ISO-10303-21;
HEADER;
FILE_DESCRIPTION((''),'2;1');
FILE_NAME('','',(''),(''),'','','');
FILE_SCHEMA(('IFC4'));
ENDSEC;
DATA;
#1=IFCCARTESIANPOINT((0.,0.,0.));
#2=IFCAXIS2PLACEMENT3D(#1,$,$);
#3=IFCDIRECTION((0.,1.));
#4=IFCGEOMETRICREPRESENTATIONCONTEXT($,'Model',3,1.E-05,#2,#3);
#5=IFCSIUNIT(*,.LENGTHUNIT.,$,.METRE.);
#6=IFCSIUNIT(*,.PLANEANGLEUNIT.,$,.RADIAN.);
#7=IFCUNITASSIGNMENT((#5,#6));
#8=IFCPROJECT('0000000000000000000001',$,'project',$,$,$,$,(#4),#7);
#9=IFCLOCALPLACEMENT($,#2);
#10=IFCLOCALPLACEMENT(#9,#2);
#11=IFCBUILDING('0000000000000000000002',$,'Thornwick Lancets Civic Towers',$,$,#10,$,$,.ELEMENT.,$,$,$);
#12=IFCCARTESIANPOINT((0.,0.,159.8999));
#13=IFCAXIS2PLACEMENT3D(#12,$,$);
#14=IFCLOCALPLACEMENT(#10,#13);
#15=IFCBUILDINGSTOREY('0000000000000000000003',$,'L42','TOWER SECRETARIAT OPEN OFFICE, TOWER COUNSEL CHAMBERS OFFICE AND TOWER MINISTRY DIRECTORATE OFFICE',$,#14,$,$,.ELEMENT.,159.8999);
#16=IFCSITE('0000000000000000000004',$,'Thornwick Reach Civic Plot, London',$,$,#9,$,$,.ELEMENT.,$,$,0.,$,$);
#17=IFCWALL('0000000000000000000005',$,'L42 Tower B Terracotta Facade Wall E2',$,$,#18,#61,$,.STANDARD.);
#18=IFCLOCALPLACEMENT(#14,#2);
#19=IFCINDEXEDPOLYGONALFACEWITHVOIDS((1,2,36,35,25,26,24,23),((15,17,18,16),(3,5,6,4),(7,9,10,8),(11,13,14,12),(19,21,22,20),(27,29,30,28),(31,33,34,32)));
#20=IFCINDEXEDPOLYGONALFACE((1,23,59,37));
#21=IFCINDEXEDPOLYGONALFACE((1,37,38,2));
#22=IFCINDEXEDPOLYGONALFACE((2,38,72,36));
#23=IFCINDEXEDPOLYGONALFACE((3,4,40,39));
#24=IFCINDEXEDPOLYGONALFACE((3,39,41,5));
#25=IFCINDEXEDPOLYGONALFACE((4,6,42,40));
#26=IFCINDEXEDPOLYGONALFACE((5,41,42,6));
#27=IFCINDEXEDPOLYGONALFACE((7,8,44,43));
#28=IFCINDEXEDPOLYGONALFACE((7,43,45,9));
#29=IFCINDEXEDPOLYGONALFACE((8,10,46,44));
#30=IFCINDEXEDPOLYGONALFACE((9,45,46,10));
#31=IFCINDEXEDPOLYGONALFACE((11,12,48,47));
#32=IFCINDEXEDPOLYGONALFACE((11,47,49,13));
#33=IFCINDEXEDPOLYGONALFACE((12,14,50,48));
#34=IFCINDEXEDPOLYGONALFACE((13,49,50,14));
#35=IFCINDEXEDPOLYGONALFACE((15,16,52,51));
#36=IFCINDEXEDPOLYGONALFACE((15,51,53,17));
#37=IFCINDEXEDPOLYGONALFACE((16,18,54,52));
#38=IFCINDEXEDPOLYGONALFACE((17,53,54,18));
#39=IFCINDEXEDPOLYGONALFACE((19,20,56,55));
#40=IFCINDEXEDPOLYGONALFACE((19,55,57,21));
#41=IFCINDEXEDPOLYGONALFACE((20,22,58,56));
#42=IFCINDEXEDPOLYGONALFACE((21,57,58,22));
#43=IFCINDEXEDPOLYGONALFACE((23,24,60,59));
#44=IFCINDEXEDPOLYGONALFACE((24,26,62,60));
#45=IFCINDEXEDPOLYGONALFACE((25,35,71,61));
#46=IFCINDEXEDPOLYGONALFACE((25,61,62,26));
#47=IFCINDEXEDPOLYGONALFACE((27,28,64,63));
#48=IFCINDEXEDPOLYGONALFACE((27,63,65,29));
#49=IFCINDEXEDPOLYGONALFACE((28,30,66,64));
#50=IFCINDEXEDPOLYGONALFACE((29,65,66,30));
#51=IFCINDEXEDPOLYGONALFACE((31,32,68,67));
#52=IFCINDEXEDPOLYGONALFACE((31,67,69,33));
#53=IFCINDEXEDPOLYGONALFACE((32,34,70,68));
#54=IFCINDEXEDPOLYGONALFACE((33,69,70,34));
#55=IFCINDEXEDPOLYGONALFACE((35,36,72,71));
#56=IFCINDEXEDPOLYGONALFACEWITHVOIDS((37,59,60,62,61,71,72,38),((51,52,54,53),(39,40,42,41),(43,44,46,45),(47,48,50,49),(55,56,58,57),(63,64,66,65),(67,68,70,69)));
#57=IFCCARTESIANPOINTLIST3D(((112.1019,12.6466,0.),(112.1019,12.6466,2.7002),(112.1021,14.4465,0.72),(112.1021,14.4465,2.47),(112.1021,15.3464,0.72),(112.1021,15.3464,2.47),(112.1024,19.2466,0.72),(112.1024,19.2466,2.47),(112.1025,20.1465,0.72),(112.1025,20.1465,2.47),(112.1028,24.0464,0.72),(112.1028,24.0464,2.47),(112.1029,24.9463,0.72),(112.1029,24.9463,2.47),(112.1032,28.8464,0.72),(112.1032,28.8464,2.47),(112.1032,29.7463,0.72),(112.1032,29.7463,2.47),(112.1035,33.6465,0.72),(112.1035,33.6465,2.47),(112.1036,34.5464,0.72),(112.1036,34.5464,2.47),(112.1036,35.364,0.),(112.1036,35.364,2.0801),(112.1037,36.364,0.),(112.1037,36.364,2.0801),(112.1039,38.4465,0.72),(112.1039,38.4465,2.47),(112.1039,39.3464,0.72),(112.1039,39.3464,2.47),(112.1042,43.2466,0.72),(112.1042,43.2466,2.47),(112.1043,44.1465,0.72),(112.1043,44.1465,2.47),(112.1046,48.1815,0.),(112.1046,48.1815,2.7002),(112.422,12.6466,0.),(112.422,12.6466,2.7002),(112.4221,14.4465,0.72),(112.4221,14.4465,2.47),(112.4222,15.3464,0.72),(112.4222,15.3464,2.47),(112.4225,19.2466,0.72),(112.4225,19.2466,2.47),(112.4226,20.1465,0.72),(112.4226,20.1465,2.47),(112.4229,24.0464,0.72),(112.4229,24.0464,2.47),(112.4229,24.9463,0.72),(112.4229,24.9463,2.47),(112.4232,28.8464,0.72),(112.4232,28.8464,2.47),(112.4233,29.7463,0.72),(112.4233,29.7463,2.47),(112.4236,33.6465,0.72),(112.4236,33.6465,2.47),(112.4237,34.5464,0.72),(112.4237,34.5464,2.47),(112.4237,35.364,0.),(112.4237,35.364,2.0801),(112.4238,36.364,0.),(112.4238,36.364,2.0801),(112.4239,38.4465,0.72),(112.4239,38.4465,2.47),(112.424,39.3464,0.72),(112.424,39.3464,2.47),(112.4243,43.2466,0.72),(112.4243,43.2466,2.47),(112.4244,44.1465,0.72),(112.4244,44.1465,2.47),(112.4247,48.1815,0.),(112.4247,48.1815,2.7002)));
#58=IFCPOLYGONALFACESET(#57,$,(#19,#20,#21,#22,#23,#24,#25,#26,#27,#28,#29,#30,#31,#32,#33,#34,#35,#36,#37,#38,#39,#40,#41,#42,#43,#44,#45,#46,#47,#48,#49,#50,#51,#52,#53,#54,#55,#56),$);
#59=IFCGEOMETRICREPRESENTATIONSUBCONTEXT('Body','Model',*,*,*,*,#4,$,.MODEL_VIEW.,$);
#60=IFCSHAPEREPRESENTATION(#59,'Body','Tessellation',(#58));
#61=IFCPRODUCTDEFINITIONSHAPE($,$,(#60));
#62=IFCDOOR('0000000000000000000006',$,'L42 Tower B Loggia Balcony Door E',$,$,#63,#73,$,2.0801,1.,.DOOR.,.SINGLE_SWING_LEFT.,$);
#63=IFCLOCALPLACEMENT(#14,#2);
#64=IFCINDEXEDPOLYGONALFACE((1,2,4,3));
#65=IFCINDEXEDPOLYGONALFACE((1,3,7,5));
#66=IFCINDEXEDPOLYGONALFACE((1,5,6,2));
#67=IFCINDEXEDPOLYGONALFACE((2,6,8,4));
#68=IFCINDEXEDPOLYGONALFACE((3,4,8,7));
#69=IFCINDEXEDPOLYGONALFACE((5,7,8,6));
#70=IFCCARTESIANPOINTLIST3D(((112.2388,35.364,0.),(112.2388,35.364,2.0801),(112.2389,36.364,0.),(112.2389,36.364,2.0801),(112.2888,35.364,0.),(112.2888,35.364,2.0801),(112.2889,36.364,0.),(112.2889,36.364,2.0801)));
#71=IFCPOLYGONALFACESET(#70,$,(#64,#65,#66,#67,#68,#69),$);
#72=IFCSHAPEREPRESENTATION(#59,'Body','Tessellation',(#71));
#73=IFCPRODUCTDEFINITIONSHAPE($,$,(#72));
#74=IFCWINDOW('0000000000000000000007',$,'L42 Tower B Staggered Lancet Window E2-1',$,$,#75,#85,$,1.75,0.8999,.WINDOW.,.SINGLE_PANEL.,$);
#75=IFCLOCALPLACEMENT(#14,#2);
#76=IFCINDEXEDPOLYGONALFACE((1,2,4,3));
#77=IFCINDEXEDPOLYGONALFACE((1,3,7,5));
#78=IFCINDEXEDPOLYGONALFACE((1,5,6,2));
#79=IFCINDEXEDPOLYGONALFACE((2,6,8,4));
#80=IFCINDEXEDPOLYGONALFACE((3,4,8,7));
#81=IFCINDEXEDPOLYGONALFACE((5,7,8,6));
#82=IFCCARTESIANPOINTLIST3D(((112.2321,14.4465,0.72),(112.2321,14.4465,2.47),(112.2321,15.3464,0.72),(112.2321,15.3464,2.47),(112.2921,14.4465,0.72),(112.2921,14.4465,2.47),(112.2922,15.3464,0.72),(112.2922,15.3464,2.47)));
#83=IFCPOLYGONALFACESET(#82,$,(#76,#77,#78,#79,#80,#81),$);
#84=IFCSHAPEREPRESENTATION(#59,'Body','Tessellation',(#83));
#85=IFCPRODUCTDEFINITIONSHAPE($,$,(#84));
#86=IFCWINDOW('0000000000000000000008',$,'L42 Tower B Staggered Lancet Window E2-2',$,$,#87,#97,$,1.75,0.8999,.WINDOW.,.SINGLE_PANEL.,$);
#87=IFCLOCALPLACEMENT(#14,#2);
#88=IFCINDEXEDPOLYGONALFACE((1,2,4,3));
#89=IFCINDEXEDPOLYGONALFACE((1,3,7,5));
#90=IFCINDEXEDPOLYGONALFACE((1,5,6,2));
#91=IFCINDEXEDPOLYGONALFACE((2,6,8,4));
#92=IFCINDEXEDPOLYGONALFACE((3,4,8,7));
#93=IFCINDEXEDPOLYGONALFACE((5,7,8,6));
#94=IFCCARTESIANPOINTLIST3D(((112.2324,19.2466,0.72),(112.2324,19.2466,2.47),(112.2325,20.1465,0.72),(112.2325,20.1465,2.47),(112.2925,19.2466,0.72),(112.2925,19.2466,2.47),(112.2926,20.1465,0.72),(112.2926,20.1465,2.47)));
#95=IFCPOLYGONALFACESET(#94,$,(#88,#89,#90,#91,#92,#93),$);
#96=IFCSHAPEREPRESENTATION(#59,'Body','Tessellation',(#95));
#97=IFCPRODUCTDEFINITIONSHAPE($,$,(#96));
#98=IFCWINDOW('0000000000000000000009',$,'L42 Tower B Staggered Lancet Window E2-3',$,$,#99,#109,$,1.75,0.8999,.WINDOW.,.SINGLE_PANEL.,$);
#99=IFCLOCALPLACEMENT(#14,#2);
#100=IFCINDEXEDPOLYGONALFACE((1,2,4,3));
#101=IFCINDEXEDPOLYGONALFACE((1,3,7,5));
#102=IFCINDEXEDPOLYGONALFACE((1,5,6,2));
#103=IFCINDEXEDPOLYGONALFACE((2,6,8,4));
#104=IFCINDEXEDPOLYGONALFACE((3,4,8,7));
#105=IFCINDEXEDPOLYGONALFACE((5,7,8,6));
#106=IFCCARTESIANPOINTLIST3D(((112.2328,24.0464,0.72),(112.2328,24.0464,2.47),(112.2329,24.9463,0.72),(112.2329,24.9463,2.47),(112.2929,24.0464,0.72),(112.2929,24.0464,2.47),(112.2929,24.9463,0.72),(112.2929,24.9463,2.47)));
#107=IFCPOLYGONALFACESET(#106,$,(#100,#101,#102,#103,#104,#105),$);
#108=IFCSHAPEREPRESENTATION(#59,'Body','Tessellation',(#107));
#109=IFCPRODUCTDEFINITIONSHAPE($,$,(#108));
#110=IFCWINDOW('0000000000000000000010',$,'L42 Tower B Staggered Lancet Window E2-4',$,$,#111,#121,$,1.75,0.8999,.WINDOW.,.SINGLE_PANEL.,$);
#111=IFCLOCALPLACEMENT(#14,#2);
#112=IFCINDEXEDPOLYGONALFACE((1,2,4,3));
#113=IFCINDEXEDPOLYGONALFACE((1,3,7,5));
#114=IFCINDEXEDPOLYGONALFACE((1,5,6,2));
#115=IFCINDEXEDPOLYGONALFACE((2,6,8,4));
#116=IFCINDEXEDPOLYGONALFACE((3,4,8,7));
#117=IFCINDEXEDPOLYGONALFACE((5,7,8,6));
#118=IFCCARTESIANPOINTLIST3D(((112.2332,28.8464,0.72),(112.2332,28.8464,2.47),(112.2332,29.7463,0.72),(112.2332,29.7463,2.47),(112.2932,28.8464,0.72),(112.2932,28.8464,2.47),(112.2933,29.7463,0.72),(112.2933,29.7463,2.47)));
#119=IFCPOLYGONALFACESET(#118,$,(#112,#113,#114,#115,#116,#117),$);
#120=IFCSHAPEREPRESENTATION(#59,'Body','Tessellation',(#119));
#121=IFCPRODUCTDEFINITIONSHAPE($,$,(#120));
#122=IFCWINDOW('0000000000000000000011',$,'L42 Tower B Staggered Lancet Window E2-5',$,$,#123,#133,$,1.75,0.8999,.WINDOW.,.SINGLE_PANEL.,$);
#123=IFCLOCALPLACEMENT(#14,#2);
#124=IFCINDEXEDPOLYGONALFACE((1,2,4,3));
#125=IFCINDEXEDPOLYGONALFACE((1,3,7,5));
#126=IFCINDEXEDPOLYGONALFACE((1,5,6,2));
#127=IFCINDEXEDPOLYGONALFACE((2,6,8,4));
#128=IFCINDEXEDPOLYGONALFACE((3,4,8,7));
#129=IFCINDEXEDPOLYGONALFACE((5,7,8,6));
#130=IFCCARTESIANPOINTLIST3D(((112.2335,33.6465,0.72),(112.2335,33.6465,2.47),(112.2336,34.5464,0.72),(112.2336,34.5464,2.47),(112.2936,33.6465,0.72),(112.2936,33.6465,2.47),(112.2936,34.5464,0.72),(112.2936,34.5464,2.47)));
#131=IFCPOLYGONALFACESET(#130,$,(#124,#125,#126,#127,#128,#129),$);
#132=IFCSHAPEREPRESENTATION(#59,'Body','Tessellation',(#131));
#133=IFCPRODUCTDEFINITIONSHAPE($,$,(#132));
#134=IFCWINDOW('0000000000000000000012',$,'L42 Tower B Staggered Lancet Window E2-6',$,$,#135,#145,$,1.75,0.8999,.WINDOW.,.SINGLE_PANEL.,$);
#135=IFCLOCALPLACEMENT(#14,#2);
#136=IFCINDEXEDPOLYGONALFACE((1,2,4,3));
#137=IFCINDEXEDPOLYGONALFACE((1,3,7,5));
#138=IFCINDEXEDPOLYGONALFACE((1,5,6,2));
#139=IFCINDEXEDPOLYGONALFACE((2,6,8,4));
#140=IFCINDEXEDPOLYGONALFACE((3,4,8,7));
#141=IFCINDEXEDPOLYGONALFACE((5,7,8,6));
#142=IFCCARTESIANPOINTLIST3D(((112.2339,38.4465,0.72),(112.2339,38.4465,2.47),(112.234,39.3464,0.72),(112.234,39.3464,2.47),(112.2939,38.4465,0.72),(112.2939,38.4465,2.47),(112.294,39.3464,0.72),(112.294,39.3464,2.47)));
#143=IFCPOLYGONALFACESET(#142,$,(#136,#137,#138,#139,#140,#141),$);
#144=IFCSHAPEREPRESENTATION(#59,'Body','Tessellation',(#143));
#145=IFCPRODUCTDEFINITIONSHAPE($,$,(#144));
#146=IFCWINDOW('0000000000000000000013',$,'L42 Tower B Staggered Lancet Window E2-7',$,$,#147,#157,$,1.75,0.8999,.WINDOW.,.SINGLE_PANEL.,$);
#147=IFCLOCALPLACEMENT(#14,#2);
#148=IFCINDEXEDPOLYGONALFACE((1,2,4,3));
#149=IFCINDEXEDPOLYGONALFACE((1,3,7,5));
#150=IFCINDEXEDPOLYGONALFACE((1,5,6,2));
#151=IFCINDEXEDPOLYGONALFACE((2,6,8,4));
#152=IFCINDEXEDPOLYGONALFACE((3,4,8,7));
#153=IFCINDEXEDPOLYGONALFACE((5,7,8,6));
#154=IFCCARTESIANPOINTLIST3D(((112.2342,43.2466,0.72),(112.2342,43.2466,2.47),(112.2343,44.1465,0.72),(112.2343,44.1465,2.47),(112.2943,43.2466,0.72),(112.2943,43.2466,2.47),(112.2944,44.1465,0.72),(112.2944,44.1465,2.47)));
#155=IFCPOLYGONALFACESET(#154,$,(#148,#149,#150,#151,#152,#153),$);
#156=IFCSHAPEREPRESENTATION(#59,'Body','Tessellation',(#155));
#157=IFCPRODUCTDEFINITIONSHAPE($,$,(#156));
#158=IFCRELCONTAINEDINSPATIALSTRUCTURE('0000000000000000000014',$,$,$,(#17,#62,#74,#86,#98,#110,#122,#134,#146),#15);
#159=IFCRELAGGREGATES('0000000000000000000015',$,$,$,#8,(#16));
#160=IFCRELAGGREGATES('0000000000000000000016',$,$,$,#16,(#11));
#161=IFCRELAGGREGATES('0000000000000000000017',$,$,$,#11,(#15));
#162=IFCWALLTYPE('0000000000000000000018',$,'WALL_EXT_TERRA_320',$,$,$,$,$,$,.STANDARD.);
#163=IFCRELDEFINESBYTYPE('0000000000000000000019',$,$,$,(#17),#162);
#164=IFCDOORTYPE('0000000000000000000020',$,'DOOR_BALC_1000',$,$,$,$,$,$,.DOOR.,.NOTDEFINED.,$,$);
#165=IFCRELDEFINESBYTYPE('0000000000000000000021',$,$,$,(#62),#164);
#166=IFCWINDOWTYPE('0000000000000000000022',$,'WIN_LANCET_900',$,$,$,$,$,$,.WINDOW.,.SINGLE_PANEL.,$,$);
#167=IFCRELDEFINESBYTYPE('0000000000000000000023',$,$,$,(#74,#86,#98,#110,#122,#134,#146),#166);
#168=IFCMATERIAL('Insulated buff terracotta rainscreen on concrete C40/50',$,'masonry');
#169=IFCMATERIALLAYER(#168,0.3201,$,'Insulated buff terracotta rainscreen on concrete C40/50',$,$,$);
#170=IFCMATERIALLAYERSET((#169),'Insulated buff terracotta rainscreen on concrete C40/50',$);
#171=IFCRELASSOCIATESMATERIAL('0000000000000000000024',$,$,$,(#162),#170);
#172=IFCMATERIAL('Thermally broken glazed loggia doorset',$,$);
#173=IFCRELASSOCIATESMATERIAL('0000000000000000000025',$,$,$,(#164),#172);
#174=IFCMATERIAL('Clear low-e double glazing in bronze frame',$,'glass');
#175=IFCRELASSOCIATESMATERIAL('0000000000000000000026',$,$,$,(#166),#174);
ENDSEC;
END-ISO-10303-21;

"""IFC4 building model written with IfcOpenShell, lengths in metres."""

from ifc_helpers import new_model, si_unit, direction, frame, frame_2d, origin, place, context, subcontext, project, spatial, rectangle, extrude, material, layer, layer_set, type_object, element, fill, save


model = new_model("IFC4")

# Units and contexts
model_context = context("Model", 3, precision=1e-05, world=origin(), true_north=direction((0.0, 1.0)))
body_context = subcontext(model_context, "Body", "Model", "MODEL_VIEW")
ifc_project = project(units=[si_unit("LENGTHUNIT", "METRE"), si_unit("PLANEANGLEUNIT", "RADIAN")], contexts=[model_context])

# Site, building, storey
site_placement = place(None, origin())
site = spatial("IfcSite", under=ifc_project, at=site_placement, Name="Thornwick Reach Civic Plot, London", CompositionType="ELEMENT", RefElevation=0.0)
building_placement = place(site_placement, origin())
building = spatial("IfcBuilding", under=site, at=building_placement, Name="Thornwick Lancets Civic Towers", CompositionType="ELEMENT")
storey_placement = place(building_placement, frame((0.0, 0.0, 159.8999)))
storey = spatial("IfcBuildingStorey", under=building, at=storey_placement, Name="L42", Description="TOWER SECRETARIAT OPEN OFFICE, TOWER COUNSEL CHAMBERS OFFICE AND TOWER MINISTRY DIRECTORATE OFFICE", CompositionType="ELEMENT", Elevation=159.8999)

# Wall, openings, door, windows
ifc_material_1 = material(Name="Insulated buff terracotta rainscreen on concrete C40/50", Category="masonry")
ifc_layer_1 = layer(ifc_material_1, 0.3201, Name="Insulated buff terracotta rainscreen on concrete C40/50")
ifc_layer_set_1 = layer_set([ifc_layer_1], Name="Insulated buff terracotta rainscreen on concrete C40/50")
wall_type_1 = type_object("IfcWallType", Name="WALL_EXT_TERRA_320", PredefinedType="STANDARD", material=ifc_layer_set_1)
wall_1_placement = place(storey_placement, frame((112.262, 12.6465, 0.0), z_axis=(0.0, 0.0, 1.0), x_axis=(0.000076, 1.0, 0.0)))
wall_1 = element("IfcWall", 1, at=wall_1_placement, inside=storey, type_object=wall_type_1, Name="L42 Tower B Terracotta Facade Wall E2", PredefinedType="STANDARD", context=body_context, shape_type="SweptSolid", body=[
    extrude(rectangle(XDim=35.5349, YDim=0.3201, at=frame_2d((17.7676, 0.0))), origin(), (0.0, 0.0, 1.0), 2.7002),
])
opening_1_placement = place(wall_1_placement, frame((22.7175, 0.0, 0.0)))
opening_1 = element("IfcOpeningElement", 2, at=opening_1_placement, cuts=wall_1, PredefinedType="OPENING", context=body_context, shape_type="SweptSolid", body=[
    extrude(rectangle(XDim=1.0, YDim=2.0801, at=frame_2d((0.5, 1.04))), frame((0.0, 0.1699, 0.0), z_axis=(0.0, -1.0, 0.0), x_axis=(1.0, 0.0, 0.0)), (0.0, 0.0, 1.0), 0.3401),
])
opening_2_placement = place(wall_1_placement, frame((1.8, 0.0, 0.72)))
opening_2 = element("IfcOpeningElement", 3, at=opening_2_placement, cuts=wall_1, PredefinedType="OPENING", context=body_context, shape_type="SweptSolid", body=[
    extrude(rectangle(XDim=0.8999, YDim=1.75, at=frame_2d((0.45, 0.875))), frame((0.0, 0.1699, 0.0), z_axis=(0.0, -1.0, 0.0), x_axis=(1.0, 0.0, 0.0)), (0.0, 0.0, 1.0), 0.3401),
])
opening_3_placement = place(wall_1_placement, frame((6.6001, 0.0, 0.72)))
opening_3 = element("IfcOpeningElement", 4, at=opening_3_placement, cuts=wall_1, PredefinedType="OPENING", context=body_context, shape_type="SweptSolid", body=[
    extrude(rectangle(XDim=0.8999, YDim=1.75, at=frame_2d((0.45, 0.875))), frame((0.0, 0.1699, 0.0), z_axis=(0.0, -1.0, 0.0), x_axis=(1.0, 0.0, 0.0)), (0.0, 0.0, 1.0), 0.3401),
])
opening_4_placement = place(wall_1_placement, frame((11.3999, 0.0, 0.72)))
opening_4 = element("IfcOpeningElement", 5, at=opening_4_placement, cuts=wall_1, PredefinedType="OPENING", context=body_context, shape_type="SweptSolid", body=[
    extrude(rectangle(XDim=0.8999, YDim=1.75, at=frame_2d((0.45, 0.875))), frame((0.0, 0.1699, 0.0), z_axis=(0.0, -1.0, 0.0), x_axis=(1.0, 0.0, 0.0)), (0.0, 0.0, 1.0), 0.3401),
])
opening_5_placement = place(wall_1_placement, frame((16.2, 0.0, 0.72)))
opening_5 = element("IfcOpeningElement", 6, at=opening_5_placement, cuts=wall_1, PredefinedType="OPENING", context=body_context, shape_type="SweptSolid", body=[
    extrude(rectangle(XDim=0.8999, YDim=1.75, at=frame_2d((0.45, 0.875))), frame((0.0, 0.1699, 0.0), z_axis=(0.0, -1.0, 0.0), x_axis=(1.0, 0.0, 0.0)), (0.0, 0.0, 1.0), 0.3401),
])
opening_6_placement = place(wall_1_placement, frame((21.0, 0.0, 0.72)))
opening_6 = element("IfcOpeningElement", 7, at=opening_6_placement, cuts=wall_1, PredefinedType="OPENING", context=body_context, shape_type="SweptSolid", body=[
    extrude(rectangle(XDim=0.8999, YDim=1.75, at=frame_2d((0.45, 0.875))), frame((0.0, 0.1699, 0.0), z_axis=(0.0, -1.0, 0.0), x_axis=(1.0, 0.0, 0.0)), (0.0, 0.0, 1.0), 0.3401),
])
opening_7_placement = place(wall_1_placement, frame((25.8, 0.0, 0.72)))
opening_7 = element("IfcOpeningElement", 8, at=opening_7_placement, cuts=wall_1, PredefinedType="OPENING", context=body_context, shape_type="SweptSolid", body=[
    extrude(rectangle(XDim=0.8999, YDim=1.75, at=frame_2d((0.45, 0.875))), frame((0.0, 0.1699, 0.0), z_axis=(0.0, -1.0, 0.0), x_axis=(1.0, 0.0, 0.0)), (0.0, 0.0, 1.0), 0.3401),
])
opening_8_placement = place(wall_1_placement, frame((30.6001, 0.0, 0.72)))
opening_8 = element("IfcOpeningElement", 9, at=opening_8_placement, cuts=wall_1, PredefinedType="OPENING", context=body_context, shape_type="SweptSolid", body=[
    extrude(rectangle(XDim=0.8999, YDim=1.75, at=frame_2d((0.45, 0.875))), frame((0.0, 0.1699, 0.0), z_axis=(0.0, -1.0, 0.0), x_axis=(1.0, 0.0, 0.0)), (0.0, 0.0, 1.0), 0.3401),
])
ifc_material_2 = material(Name="Thermally broken glazed loggia doorset")
door_type = type_object("IfcDoorType", Name="DOOR_BALC_1000", OperationType="NOTDEFINED", PredefinedType="DOOR", material=ifc_material_2)
door_placement = place(opening_1_placement, origin())
door = element("IfcDoor", 10, at=door_placement, inside=storey, type_object=door_type, Name="L42 Tower B Loggia Balcony Door E", OperationType="SINGLE_SWING_LEFT", OverallHeight=2.0801, OverallWidth=1.0, PredefinedType="DOOR", context=body_context, shape_type="SweptSolid", body=[
    extrude(rectangle(XDim=1.0, YDim=2.0801, at=frame_2d((0.5, 1.04))), frame((0.0, 0.0249, 0.0), z_axis=(0.0, -1.0, 0.0), x_axis=(1.0, 0.0, 0.0)), (0.0, 0.0, 1.0), 0.05),
])
fill(opening_1, door)
ifc_material_3 = material(Name="Clear low-e double glazing in bronze frame", Category="glass")
window_type = type_object("IfcWindowType", Name="WIN_LANCET_900", PartitioningType="SINGLE_PANEL", PredefinedType="WINDOW", material=ifc_material_3)
window_1_placement = place(opening_2_placement, origin())
window_1 = element("IfcWindow", 11, at=window_1_placement, inside=storey, type_object=window_type, Name="L42 Tower B Staggered Lancet Window E2-1", OverallHeight=1.75, OverallWidth=0.8999, PartitioningType="SINGLE_PANEL", PredefinedType="WINDOW", context=body_context, shape_type="SweptSolid", body=[
    extrude(rectangle(XDim=0.8999, YDim=1.75, at=frame_2d((0.45, 0.875))), frame((0.0, 0.03, 0.0), z_axis=(0.0, -1.0, 0.0), x_axis=(1.0, 0.0, 0.0)), (0.0, 0.0, 1.0), 0.0601),
])
fill(opening_2, window_1)
window_2_placement = place(opening_3_placement, origin())
window_2 = element("IfcWindow", 12, at=window_2_placement, inside=storey, type_object=window_type, Name="L42 Tower B Staggered Lancet Window E2-2", OverallHeight=1.75, OverallWidth=0.8999, PartitioningType="SINGLE_PANEL", PredefinedType="WINDOW", context=body_context, shape_type="SweptSolid", body=[
    extrude(rectangle(XDim=0.8999, YDim=1.75, at=frame_2d((0.45, 0.875))), frame((0.0, 0.03, 0.0), z_axis=(0.0, -1.0, 0.0), x_axis=(1.0, 0.0, 0.0)), (0.0, 0.0, 1.0), 0.0601),
])
fill(opening_3, window_2)
window_3_placement = place(opening_4_placement, origin())
window_3 = element("IfcWindow", 13, at=window_3_placement, inside=storey, type_object=window_type, Name="L42 Tower B Staggered Lancet Window E2-3", OverallHeight=1.75, OverallWidth=0.8999, PartitioningType="SINGLE_PANEL", PredefinedType="WINDOW", context=body_context, shape_type="SweptSolid", body=[
    extrude(rectangle(XDim=0.8999, YDim=1.75, at=frame_2d((0.45, 0.875))), frame((0.0, 0.03, 0.0), z_axis=(0.0, -1.0, 0.0), x_axis=(1.0, 0.0, 0.0)), (0.0, 0.0, 1.0), 0.0601),
])
fill(opening_4, window_3)
window_4_placement = place(opening_5_placement, origin())
window_4 = element("IfcWindow", 14, at=window_4_placement, inside=storey, type_object=window_type, Name="L42 Tower B Staggered Lancet Window E2-4", OverallHeight=1.75, OverallWidth=0.8999, PartitioningType="SINGLE_PANEL", PredefinedType="WINDOW", context=body_context, shape_type="SweptSolid", body=[
    extrude(rectangle(XDim=0.8999, YDim=1.75, at=frame_2d((0.45, 0.875))), frame((0.0, 0.03, 0.0), z_axis=(0.0, -1.0, 0.0), x_axis=(1.0, 0.0, 0.0)), (0.0, 0.0, 1.0), 0.0601),
])
fill(opening_5, window_4)
window_5_placement = place(opening_6_placement, origin())
window_5 = element("IfcWindow", 15, at=window_5_placement, inside=storey, type_object=window_type, Name="L42 Tower B Staggered Lancet Window E2-5", OverallHeight=1.75, OverallWidth=0.8999, PartitioningType="SINGLE_PANEL", PredefinedType="WINDOW", context=body_context, shape_type="SweptSolid", body=[
    extrude(rectangle(XDim=0.8999, YDim=1.75, at=frame_2d((0.45, 0.875))), frame((0.0, 0.03, 0.0), z_axis=(0.0, -1.0, 0.0), x_axis=(1.0, 0.0, 0.0)), (0.0, 0.0, 1.0), 0.0601),
])
fill(opening_6, window_5)
window_6_placement = place(opening_7_placement, origin())
window_6 = element("IfcWindow", 16, at=window_6_placement, inside=storey, type_object=window_type, Name="L42 Tower B Staggered Lancet Window E2-6", OverallHeight=1.75, OverallWidth=0.8999, PartitioningType="SINGLE_PANEL", PredefinedType="WINDOW", context=body_context, shape_type="SweptSolid", body=[
    extrude(rectangle(XDim=0.8999, YDim=1.75, at=frame_2d((0.45, 0.875))), frame((0.0, 0.03, 0.0), z_axis=(0.0, -1.0, 0.0), x_axis=(1.0, 0.0, 0.0)), (0.0, 0.0, 1.0), 0.0601),
])
fill(opening_7, window_6)
window_7_placement = place(opening_8_placement, origin())
window_7 = element("IfcWindow", 17, at=window_7_placement, inside=storey, type_object=window_type, Name="L42 Tower B Staggered Lancet Window E2-7", OverallHeight=1.75, OverallWidth=0.8999, PartitioningType="SINGLE_PANEL", PredefinedType="WINDOW", context=body_context, shape_type="SweptSolid", body=[
    extrude(rectangle(XDim=0.8999, YDim=1.75, at=frame_2d((0.45, 0.875))), frame((0.0, 0.03, 0.0), z_axis=(0.0, -1.0, 0.0), x_axis=(1.0, 0.0, 0.0)), (0.0, 0.0, 1.0), 0.0601),
])
fill(opening_8, window_7)

save(model, "model.ifc")
